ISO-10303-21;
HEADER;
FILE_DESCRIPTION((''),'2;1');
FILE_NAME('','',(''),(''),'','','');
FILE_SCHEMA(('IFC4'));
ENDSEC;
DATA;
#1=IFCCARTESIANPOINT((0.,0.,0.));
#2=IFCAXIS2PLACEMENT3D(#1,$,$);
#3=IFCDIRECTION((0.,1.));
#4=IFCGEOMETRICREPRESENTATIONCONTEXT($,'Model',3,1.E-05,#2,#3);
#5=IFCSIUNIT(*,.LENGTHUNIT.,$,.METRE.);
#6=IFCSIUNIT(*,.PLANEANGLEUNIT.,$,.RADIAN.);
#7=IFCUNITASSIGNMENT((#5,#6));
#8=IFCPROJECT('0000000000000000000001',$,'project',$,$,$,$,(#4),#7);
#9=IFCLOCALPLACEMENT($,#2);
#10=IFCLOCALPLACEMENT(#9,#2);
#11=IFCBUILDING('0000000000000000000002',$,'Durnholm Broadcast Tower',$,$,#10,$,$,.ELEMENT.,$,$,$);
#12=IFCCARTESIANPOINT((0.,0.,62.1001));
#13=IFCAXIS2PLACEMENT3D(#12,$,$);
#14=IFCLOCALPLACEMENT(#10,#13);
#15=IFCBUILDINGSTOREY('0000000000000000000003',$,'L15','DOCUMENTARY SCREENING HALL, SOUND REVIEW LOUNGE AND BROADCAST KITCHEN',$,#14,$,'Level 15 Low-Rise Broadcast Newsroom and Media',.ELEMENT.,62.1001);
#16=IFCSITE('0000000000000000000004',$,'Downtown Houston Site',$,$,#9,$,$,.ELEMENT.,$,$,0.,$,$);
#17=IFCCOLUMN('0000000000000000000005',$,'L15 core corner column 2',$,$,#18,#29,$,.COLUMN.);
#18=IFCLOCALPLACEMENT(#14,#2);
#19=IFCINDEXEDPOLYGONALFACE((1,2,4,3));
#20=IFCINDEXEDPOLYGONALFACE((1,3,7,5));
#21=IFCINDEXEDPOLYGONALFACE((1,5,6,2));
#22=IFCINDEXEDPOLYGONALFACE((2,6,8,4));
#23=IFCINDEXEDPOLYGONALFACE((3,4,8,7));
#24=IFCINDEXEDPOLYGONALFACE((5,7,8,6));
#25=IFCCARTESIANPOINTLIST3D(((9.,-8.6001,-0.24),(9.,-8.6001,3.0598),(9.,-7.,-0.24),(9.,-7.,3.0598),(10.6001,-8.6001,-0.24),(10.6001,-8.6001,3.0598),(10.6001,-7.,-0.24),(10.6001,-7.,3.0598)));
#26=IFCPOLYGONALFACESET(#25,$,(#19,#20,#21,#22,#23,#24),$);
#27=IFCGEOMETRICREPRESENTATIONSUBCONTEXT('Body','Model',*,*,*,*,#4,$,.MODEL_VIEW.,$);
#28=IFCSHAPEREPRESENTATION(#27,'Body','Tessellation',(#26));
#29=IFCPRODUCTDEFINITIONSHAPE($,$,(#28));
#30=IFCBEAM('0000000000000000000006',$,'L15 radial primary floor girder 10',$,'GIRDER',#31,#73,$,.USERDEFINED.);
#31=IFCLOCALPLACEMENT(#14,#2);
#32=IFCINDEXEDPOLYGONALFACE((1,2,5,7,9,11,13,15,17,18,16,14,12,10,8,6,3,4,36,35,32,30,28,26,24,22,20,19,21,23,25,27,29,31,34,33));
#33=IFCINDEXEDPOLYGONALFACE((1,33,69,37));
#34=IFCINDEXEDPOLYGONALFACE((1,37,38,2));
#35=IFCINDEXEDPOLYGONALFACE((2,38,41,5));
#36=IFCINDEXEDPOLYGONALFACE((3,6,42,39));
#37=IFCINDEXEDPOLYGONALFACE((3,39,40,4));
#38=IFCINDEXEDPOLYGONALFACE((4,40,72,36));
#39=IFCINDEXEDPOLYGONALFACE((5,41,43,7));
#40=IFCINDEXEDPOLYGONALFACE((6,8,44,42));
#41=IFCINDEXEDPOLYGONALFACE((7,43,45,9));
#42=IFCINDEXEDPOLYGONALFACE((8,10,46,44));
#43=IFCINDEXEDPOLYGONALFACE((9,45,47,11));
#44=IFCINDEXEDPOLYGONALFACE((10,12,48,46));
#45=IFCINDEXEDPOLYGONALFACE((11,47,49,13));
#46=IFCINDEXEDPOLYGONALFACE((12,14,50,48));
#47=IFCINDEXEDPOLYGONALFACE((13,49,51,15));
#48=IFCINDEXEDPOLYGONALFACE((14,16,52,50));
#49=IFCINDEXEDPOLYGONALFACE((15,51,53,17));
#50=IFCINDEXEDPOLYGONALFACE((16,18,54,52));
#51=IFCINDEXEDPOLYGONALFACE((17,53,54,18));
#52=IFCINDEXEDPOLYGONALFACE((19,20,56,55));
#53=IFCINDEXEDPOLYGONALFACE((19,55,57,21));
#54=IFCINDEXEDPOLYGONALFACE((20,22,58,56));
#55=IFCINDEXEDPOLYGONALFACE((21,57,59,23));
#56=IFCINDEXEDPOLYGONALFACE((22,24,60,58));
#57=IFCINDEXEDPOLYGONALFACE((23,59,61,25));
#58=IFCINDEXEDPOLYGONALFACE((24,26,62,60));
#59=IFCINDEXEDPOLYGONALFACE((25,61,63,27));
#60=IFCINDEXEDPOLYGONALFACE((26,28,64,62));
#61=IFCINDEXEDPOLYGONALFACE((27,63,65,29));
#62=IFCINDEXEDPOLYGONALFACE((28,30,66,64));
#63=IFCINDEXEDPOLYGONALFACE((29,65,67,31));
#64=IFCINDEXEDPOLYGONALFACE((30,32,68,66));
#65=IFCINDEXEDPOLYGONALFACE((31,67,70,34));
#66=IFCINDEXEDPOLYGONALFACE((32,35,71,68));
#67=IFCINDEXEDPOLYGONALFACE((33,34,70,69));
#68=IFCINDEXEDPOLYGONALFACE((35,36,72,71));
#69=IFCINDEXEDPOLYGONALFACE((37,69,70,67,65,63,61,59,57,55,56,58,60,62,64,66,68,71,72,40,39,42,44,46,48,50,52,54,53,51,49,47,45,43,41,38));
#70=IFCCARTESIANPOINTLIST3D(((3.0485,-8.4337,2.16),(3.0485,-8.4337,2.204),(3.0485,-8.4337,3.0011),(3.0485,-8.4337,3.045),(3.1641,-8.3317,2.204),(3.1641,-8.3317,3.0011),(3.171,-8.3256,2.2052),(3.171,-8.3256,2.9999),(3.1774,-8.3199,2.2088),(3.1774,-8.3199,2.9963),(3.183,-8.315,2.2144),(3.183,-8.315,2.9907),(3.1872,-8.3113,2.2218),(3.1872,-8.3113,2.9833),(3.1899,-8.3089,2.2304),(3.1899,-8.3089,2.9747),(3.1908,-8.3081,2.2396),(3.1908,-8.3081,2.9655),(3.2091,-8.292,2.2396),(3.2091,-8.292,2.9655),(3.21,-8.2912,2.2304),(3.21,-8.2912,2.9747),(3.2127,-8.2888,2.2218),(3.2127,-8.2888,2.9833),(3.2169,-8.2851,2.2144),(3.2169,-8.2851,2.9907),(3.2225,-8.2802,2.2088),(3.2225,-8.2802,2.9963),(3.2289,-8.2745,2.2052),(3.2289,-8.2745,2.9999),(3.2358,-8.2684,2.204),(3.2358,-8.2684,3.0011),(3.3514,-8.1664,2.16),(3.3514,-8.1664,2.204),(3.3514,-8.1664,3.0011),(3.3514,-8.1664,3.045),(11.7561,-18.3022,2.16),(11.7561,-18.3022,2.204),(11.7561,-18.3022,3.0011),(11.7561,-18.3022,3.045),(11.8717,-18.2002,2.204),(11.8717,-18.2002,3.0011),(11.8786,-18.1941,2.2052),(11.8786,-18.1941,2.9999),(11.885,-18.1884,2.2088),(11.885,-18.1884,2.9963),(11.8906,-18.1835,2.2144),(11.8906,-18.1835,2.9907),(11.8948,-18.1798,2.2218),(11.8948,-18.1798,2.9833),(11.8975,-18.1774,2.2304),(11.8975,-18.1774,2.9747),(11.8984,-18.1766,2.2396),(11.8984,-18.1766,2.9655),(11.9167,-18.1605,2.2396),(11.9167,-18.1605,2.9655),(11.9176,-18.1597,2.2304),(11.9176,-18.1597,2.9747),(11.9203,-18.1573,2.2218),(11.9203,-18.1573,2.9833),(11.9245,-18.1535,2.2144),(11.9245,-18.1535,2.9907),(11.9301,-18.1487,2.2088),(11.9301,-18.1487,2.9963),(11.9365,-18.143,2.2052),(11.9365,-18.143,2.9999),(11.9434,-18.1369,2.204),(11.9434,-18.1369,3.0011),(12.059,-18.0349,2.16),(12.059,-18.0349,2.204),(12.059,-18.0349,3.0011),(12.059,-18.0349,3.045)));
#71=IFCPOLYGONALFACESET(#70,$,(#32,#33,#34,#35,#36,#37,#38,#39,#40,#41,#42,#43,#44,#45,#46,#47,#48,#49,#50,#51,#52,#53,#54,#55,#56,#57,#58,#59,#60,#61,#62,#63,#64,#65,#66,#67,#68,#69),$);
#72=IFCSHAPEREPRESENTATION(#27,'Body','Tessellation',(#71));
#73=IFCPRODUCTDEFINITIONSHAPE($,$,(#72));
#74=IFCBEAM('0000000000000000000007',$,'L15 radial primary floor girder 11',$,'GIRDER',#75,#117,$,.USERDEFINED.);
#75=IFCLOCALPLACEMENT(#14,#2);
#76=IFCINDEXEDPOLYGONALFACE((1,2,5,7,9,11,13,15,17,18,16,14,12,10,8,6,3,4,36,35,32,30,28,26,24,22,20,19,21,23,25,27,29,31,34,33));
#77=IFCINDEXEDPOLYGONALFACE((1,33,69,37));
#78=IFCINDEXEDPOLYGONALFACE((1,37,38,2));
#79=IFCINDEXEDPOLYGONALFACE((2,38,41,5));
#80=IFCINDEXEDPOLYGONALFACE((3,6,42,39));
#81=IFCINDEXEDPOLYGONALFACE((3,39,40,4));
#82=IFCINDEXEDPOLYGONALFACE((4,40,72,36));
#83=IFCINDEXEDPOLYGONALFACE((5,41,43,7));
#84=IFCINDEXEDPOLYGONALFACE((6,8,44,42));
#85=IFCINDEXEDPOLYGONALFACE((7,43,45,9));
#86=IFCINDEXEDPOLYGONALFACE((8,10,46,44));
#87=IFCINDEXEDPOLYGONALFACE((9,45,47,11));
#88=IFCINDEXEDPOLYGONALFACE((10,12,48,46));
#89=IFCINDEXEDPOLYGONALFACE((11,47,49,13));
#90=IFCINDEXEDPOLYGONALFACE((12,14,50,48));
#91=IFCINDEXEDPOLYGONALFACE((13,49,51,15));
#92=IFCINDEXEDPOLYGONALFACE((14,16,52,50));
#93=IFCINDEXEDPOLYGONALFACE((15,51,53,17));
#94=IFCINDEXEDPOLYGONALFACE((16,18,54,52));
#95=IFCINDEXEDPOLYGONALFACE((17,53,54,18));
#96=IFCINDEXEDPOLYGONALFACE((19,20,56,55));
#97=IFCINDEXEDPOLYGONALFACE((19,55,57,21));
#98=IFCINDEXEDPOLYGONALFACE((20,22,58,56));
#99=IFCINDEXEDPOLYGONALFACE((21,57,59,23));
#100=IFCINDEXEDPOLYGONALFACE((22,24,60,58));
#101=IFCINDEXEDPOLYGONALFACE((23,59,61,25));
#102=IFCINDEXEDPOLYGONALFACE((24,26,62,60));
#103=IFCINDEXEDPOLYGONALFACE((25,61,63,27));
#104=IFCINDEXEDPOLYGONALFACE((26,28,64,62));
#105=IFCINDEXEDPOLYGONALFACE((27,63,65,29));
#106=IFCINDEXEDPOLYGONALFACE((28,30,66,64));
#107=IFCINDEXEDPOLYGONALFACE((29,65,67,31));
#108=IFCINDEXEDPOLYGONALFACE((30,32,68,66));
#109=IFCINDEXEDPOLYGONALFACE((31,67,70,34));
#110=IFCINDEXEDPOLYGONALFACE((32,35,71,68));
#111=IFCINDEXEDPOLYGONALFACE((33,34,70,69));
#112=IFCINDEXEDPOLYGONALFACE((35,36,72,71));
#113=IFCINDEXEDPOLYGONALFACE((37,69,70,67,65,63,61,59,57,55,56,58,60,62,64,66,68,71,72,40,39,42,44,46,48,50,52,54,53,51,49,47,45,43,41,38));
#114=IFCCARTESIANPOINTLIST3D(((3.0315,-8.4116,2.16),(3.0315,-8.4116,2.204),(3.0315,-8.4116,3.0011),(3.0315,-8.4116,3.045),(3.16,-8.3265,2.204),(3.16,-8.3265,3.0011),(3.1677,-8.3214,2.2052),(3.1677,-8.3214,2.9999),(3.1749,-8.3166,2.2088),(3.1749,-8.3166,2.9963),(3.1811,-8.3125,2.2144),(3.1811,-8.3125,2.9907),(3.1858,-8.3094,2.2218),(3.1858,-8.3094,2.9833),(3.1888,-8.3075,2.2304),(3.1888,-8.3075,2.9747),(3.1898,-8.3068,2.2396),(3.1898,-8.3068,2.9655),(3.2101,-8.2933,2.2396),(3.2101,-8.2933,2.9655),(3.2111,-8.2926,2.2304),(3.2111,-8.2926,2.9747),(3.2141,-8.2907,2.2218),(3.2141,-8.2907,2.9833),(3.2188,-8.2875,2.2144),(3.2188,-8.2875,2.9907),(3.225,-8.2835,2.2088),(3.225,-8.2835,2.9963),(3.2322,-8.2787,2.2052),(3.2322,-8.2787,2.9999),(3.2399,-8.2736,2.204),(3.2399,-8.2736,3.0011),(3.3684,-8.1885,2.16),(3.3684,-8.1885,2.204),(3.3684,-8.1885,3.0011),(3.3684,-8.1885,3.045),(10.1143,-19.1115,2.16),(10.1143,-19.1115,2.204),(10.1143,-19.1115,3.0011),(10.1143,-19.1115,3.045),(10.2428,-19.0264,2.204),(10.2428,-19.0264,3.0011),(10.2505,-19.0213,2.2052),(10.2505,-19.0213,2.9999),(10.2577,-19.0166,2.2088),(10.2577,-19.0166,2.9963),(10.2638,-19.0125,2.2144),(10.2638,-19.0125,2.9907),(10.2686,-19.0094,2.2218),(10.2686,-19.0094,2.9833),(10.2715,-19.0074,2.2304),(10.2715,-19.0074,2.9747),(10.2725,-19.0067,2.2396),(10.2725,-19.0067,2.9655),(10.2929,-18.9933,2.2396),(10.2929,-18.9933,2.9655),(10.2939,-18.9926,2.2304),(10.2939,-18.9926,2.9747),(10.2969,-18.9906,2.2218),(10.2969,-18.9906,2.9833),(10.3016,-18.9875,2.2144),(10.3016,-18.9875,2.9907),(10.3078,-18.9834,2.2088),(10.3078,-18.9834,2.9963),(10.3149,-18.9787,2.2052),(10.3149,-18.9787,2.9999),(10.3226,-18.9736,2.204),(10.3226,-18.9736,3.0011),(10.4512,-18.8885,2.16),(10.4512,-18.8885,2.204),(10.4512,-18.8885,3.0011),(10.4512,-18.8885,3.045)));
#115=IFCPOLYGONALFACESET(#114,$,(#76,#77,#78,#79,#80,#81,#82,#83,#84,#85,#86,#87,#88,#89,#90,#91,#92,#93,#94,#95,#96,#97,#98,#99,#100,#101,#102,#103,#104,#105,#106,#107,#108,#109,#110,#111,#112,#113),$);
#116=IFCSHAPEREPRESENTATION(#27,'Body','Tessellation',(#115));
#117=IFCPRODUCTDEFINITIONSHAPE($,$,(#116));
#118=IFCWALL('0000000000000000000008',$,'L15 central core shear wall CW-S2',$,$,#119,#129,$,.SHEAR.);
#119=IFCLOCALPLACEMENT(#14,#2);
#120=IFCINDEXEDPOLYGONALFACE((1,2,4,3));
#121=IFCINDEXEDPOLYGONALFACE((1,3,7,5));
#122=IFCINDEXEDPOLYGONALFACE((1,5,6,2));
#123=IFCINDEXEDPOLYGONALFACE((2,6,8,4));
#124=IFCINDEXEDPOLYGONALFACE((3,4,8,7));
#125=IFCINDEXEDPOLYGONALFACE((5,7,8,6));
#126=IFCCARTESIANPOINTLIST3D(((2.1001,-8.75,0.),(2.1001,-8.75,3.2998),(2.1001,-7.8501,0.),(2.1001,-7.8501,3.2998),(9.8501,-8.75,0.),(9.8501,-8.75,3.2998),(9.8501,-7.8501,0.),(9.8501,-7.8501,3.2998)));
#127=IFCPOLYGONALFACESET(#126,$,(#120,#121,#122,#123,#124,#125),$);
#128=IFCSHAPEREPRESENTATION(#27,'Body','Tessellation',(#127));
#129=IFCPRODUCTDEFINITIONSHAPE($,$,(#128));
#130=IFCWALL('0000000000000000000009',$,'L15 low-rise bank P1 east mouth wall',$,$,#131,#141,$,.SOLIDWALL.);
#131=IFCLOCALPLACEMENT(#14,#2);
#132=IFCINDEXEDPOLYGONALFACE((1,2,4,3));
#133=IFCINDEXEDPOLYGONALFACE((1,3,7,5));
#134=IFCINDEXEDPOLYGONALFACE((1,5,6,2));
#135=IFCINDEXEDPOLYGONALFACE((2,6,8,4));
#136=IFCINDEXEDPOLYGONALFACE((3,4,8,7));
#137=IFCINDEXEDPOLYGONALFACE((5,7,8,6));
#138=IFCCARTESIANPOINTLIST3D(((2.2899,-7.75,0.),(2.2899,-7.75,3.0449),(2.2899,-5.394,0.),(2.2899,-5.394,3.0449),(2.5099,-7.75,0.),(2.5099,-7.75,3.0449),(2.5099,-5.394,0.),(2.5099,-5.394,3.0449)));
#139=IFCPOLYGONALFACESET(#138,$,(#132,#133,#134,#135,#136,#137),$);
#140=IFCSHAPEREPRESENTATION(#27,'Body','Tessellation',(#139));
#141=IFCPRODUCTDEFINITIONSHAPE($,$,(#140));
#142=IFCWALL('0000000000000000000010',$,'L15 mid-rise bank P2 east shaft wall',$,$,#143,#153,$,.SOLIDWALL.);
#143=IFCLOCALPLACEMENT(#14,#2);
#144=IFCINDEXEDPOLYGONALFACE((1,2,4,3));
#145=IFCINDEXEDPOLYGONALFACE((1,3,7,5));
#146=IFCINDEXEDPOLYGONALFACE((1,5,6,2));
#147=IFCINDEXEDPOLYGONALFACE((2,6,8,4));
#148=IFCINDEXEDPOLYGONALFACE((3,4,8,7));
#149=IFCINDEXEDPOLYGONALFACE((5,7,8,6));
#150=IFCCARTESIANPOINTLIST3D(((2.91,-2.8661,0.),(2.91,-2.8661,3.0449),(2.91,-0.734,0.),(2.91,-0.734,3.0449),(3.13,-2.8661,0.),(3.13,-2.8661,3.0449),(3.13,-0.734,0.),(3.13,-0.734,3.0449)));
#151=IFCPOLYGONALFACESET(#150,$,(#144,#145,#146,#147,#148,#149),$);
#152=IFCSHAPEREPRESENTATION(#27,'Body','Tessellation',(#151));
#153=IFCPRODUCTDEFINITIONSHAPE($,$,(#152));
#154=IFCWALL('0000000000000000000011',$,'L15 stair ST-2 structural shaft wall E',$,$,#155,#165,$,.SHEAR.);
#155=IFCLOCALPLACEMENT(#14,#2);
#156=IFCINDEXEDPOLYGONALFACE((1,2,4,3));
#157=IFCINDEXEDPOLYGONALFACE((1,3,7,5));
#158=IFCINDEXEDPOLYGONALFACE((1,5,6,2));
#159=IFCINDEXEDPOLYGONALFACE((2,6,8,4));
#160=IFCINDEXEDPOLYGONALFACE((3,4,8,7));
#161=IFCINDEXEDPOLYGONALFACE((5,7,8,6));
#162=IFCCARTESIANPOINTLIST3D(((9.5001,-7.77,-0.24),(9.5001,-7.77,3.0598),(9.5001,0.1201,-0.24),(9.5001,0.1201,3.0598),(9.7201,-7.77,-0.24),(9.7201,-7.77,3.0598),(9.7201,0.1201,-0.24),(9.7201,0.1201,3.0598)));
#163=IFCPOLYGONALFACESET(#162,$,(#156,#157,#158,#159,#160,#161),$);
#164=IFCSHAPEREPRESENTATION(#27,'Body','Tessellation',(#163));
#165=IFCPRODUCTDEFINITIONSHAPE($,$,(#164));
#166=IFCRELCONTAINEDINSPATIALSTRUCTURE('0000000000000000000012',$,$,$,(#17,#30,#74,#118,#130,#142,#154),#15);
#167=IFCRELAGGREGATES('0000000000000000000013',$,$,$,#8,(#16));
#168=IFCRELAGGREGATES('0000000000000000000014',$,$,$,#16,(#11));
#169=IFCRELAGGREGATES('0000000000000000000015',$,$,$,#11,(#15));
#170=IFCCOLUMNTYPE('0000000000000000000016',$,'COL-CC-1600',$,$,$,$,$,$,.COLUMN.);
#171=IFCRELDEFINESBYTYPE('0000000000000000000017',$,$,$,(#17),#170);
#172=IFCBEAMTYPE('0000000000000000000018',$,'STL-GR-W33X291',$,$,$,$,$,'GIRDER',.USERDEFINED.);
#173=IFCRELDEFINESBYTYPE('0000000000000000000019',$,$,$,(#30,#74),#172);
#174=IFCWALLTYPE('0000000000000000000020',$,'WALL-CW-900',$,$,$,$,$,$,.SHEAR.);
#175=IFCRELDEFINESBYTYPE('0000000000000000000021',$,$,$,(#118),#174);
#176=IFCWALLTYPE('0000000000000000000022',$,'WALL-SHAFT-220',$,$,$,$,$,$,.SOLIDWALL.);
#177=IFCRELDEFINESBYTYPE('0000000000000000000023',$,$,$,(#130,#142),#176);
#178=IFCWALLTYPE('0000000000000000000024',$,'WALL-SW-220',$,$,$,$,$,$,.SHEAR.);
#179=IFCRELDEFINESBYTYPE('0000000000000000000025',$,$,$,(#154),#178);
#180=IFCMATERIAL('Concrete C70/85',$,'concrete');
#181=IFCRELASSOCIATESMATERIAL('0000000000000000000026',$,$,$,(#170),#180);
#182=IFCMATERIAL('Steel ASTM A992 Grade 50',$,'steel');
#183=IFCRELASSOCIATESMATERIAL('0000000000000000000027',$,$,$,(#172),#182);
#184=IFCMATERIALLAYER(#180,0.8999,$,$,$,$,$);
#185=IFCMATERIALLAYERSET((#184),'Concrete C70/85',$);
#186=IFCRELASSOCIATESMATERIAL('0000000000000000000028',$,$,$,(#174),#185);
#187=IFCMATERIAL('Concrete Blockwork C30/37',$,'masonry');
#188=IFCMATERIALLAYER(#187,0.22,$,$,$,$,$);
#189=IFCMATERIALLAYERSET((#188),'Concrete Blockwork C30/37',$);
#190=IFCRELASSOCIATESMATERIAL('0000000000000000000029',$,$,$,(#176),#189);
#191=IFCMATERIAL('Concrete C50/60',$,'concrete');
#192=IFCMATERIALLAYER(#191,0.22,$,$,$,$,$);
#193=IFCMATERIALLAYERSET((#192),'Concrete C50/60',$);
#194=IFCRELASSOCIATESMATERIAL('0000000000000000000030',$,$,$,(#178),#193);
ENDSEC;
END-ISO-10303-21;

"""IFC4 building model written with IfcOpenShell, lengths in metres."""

from ifc_helpers import new_model, si_unit, direction, frame, frame_2d, origin, origin_2d, place, context, subcontext, project, spatial, rectangle, i_section, extrude, source, transform, mapped, material, layer, layer_set, material_profile, profile_set, type_object, type_shapes, element, save


model = new_model("IFC4")

# Units and contexts
model_context = context("Model", 3, precision=1e-05, world=origin(), true_north=direction((0.0, 1.0)))
body_context = subcontext(model_context, "Body", "Model", "MODEL_VIEW")
ifc_project = project(units=[si_unit("LENGTHUNIT", "METRE"), si_unit("PLANEANGLEUNIT", "RADIAN")], contexts=[model_context])

# Site, building, storey
site_placement = place(None, origin())
site = spatial("IfcSite", under=ifc_project, at=site_placement, Name="Downtown Houston Site", CompositionType="ELEMENT", RefElevation=0.0)
building_placement = place(site_placement, origin())
building = spatial("IfcBuilding", under=site, at=building_placement, Name="Durnholm Broadcast Tower", CompositionType="ELEMENT")
storey_placement = place(building_placement, frame((0.0, 0.0, 62.1001)))
storey = spatial("IfcBuildingStorey", under=building, at=storey_placement, Name="L15", Description="DOCUMENTARY SCREENING HALL, SOUND REVIEW LOUNGE AND BROADCAST KITCHEN", LongName="Level 15 Low-Rise Broadcast Newsroom and Media", CompositionType="ELEMENT", Elevation=62.1001)

# Column
ifc_material_1 = material(Name="Concrete C70/85", Category="concrete")
ifc_material_profile_1 = material_profile(ifc_material_1, rectangle(XDim=1.6001, YDim=1.6001, at=origin_2d()), Name="RC1600X1600")
ifc_profile_set_1 = profile_set([ifc_material_profile_1], Name="Concrete C70/85")
column_type = type_object("IfcColumnType", Name="COL-CC-1600", PredefinedType="COLUMN", material=ifc_profile_set_1)
shared_shape_1 = source(origin(), body_context, "Body", "SweptSolid", [
    extrude(rectangle(XDim=1.6001, YDim=1.6001, at=origin_2d()), origin(), (0.0, 0.0, 1.0), 3.2998),
])
type_shapes(column_type, [shared_shape_1])
column_placement = place(storey_placement, frame((9.8, -7.8, -0.24), z_axis=(0.0, 0.0, 1.0), x_axis=(1.0, 0.0, 0.0)))
element("IfcColumn", 1, at=column_placement, inside=storey, type_object=column_type, Name="L15 core corner column 2", PredefinedType="COLUMN", context=body_context, shape_type="MappedRepresentation", body=[
    mapped(shared_shape_1, transform((0.0, 0.0, 0.0), x_axis=(1.0, 0.0, 0.0), y_axis=(0.0, 1.0, 0.0), z_axis=(0.0, 0.0, 1.0), scale=1.0)),
])

# Beams
ifc_material_2 = material(Name="Steel ASTM A992 Grade 50", Category="steel")
ifc_material_profile_2 = material_profile(ifc_material_2, i_section(OverallWidth=0.4041, OverallDepth=0.885, WebThickness=0.0244, FlangeThickness=0.0439, FilletRadius=0.0356, at=origin_2d()), Name="W33X291")
ifc_profile_set_2 = profile_set([ifc_material_profile_2], Name="Steel ASTM A992 Grade 50")
beam_type = type_object("IfcBeamType", Name="STL-GR-W33X291", ElementType="GIRDER", PredefinedType="USERDEFINED", material=ifc_profile_set_2)
shared_shape_2 = source(origin(), body_context, "Body", "SweptSolid", [
    extrude(i_section(OverallWidth=0.4041, OverallDepth=0.885, WebThickness=0.0244, FlangeThickness=0.0439, FilletRadius=0.0356, at=origin_2d()), origin(), (0.0, 0.0, 1.0), 13.1609),
])
beam_1_placement = place(storey_placement, frame((3.2, -8.3, 2.6025), z_axis=(0.661626, -0.749834, 0.0), x_axis=(0.749834, 0.661626, 0.0)))
element("IfcBeam", 2, at=beam_1_placement, inside=storey, type_object=beam_type, Name="L15 radial primary floor girder 10", ObjectType="GIRDER", PredefinedType="USERDEFINED", context=body_context, shape_type="MappedRepresentation", body=[
    mapped(shared_shape_2, transform((0.0, 0.0, 0.0), x_axis=(1.0, 0.0, 0.0), y_axis=(0.0, 1.0, 0.0), z_axis=(0.0, 0.0, 1.0), scale=1.0)),
])
shared_shape_3 = source(origin(), body_context, "Body", "SweptSolid", [
    extrude(i_section(OverallWidth=0.4041, OverallDepth=0.885, WebThickness=0.0244, FlangeThickness=0.0439, FilletRadius=0.0356, at=origin_2d()), origin(), (0.0, 0.0, 1.0), 12.8318),
])
type_shapes(beam_type, [shared_shape_2, shared_shape_3])
beam_2_placement = place(storey_placement, frame((3.2, -8.3, 2.6025), z_axis=(0.551971, -0.833864, 0.0), x_axis=(0.833864, 0.551971, 0.0)))
element("IfcBeam", 3, at=beam_2_placement, inside=storey, type_object=beam_type, Name="L15 radial primary floor girder 11", ObjectType="GIRDER", PredefinedType="USERDEFINED", context=body_context, shape_type="MappedRepresentation", body=[
    mapped(shared_shape_3, transform((0.0, 0.0, 0.0), x_axis=(1.0, 0.0, 0.0), y_axis=(0.0, 1.0, 0.0), z_axis=(0.0, 0.0, 1.0), scale=1.0)),
])

# Wall
ifc_layer_1 = layer(ifc_material_1, 0.8999)
ifc_layer_set_1 = layer_set([ifc_layer_1], Name="Concrete C70/85")
wall_type_1 = type_object("IfcWallType", Name="WALL-CW-900", PredefinedType="SHEAR", material=ifc_layer_set_1)
wall_1_placement = place(storey_placement, frame((2.1001, -8.3, 0.0), z_axis=(0.0, 0.0, 1.0), x_axis=(1.0, 0.0, 0.0)))
element("IfcWall", 4, at=wall_1_placement, inside=storey, type_object=wall_type_1, Name="L15 central core shear wall CW-S2", PredefinedType="SHEAR", context=body_context, shape_type="SweptSolid", body=[
    extrude(rectangle(XDim=7.75, YDim=0.8999, at=frame_2d((3.875, 0.0))), origin(), (0.0, 0.0, 1.0), 3.2998),
])

# Shared definitions
ifc_material_3 = material(Name="Concrete Blockwork C30/37", Category="masonry")
ifc_layer_2 = layer(ifc_material_3, 0.22)
ifc_layer_set_2 = layer_set([ifc_layer_2], Name="Concrete Blockwork C30/37")
wall_type_2 = type_object("IfcWallType", Name="WALL-SHAFT-220", PredefinedType="SOLIDWALL", material=ifc_layer_set_2)

# Walls
wall_2_placement = place(storey_placement, frame((2.3999, -7.75, 0.0), z_axis=(0.0, 0.0, 1.0), x_axis=(0.0, 1.0, 0.0)))
element("IfcWall", 5, at=wall_2_placement, inside=storey, type_object=wall_type_2, Name="L15 low-rise bank P1 east mouth wall", PredefinedType="SOLIDWALL", context=body_context, shape_type="SweptSolid", body=[
    extrude(rectangle(XDim=2.356, YDim=0.22, at=frame_2d((1.178, 0.0))), origin(), (0.0, 0.0, 1.0), 3.0449),
])
wall_3_placement = place(storey_placement, frame((3.02, -2.866, 0.0), z_axis=(0.0, 0.0, 1.0), x_axis=(0.0, 1.0, 0.0)))
element("IfcWall", 6, at=wall_3_placement, inside=storey, type_object=wall_type_2, Name="L15 mid-rise bank P2 east shaft wall", PredefinedType="SOLIDWALL", context=body_context, shape_type="SweptSolid", body=[
    extrude(rectangle(XDim=2.1321, YDim=0.22, at=frame_2d((1.0659, 0.0))), origin(), (0.0, 0.0, 1.0), 3.0449),
])
ifc_material_4 = material(Name="Concrete C50/60", Category="concrete")
ifc_layer_3 = layer(ifc_material_4, 0.22)
ifc_layer_set_3 = layer_set([ifc_layer_3], Name="Concrete C50/60")
wall_type_3 = type_object("IfcWallType", Name="WALL-SW-220", PredefinedType="SHEAR", material=ifc_layer_set_3)
wall_4_placement = place(storey_placement, frame((9.6101, -7.77, -0.24), z_axis=(0.0, 0.0, 1.0), x_axis=(0.0, 1.0, 0.0)))
element("IfcWall", 7, at=wall_4_placement, inside=storey, type_object=wall_type_3, Name="L15 stair ST-2 structural shaft wall E", PredefinedType="SHEAR", context=body_context, shape_type="SweptSolid", body=[
    extrude(rectangle(XDim=7.8901, YDim=0.22, at=frame_2d((3.9451, 0.0))), origin(), (0.0, 0.0, 1.0), 3.2998),
])

save(model, "model.ifc")
